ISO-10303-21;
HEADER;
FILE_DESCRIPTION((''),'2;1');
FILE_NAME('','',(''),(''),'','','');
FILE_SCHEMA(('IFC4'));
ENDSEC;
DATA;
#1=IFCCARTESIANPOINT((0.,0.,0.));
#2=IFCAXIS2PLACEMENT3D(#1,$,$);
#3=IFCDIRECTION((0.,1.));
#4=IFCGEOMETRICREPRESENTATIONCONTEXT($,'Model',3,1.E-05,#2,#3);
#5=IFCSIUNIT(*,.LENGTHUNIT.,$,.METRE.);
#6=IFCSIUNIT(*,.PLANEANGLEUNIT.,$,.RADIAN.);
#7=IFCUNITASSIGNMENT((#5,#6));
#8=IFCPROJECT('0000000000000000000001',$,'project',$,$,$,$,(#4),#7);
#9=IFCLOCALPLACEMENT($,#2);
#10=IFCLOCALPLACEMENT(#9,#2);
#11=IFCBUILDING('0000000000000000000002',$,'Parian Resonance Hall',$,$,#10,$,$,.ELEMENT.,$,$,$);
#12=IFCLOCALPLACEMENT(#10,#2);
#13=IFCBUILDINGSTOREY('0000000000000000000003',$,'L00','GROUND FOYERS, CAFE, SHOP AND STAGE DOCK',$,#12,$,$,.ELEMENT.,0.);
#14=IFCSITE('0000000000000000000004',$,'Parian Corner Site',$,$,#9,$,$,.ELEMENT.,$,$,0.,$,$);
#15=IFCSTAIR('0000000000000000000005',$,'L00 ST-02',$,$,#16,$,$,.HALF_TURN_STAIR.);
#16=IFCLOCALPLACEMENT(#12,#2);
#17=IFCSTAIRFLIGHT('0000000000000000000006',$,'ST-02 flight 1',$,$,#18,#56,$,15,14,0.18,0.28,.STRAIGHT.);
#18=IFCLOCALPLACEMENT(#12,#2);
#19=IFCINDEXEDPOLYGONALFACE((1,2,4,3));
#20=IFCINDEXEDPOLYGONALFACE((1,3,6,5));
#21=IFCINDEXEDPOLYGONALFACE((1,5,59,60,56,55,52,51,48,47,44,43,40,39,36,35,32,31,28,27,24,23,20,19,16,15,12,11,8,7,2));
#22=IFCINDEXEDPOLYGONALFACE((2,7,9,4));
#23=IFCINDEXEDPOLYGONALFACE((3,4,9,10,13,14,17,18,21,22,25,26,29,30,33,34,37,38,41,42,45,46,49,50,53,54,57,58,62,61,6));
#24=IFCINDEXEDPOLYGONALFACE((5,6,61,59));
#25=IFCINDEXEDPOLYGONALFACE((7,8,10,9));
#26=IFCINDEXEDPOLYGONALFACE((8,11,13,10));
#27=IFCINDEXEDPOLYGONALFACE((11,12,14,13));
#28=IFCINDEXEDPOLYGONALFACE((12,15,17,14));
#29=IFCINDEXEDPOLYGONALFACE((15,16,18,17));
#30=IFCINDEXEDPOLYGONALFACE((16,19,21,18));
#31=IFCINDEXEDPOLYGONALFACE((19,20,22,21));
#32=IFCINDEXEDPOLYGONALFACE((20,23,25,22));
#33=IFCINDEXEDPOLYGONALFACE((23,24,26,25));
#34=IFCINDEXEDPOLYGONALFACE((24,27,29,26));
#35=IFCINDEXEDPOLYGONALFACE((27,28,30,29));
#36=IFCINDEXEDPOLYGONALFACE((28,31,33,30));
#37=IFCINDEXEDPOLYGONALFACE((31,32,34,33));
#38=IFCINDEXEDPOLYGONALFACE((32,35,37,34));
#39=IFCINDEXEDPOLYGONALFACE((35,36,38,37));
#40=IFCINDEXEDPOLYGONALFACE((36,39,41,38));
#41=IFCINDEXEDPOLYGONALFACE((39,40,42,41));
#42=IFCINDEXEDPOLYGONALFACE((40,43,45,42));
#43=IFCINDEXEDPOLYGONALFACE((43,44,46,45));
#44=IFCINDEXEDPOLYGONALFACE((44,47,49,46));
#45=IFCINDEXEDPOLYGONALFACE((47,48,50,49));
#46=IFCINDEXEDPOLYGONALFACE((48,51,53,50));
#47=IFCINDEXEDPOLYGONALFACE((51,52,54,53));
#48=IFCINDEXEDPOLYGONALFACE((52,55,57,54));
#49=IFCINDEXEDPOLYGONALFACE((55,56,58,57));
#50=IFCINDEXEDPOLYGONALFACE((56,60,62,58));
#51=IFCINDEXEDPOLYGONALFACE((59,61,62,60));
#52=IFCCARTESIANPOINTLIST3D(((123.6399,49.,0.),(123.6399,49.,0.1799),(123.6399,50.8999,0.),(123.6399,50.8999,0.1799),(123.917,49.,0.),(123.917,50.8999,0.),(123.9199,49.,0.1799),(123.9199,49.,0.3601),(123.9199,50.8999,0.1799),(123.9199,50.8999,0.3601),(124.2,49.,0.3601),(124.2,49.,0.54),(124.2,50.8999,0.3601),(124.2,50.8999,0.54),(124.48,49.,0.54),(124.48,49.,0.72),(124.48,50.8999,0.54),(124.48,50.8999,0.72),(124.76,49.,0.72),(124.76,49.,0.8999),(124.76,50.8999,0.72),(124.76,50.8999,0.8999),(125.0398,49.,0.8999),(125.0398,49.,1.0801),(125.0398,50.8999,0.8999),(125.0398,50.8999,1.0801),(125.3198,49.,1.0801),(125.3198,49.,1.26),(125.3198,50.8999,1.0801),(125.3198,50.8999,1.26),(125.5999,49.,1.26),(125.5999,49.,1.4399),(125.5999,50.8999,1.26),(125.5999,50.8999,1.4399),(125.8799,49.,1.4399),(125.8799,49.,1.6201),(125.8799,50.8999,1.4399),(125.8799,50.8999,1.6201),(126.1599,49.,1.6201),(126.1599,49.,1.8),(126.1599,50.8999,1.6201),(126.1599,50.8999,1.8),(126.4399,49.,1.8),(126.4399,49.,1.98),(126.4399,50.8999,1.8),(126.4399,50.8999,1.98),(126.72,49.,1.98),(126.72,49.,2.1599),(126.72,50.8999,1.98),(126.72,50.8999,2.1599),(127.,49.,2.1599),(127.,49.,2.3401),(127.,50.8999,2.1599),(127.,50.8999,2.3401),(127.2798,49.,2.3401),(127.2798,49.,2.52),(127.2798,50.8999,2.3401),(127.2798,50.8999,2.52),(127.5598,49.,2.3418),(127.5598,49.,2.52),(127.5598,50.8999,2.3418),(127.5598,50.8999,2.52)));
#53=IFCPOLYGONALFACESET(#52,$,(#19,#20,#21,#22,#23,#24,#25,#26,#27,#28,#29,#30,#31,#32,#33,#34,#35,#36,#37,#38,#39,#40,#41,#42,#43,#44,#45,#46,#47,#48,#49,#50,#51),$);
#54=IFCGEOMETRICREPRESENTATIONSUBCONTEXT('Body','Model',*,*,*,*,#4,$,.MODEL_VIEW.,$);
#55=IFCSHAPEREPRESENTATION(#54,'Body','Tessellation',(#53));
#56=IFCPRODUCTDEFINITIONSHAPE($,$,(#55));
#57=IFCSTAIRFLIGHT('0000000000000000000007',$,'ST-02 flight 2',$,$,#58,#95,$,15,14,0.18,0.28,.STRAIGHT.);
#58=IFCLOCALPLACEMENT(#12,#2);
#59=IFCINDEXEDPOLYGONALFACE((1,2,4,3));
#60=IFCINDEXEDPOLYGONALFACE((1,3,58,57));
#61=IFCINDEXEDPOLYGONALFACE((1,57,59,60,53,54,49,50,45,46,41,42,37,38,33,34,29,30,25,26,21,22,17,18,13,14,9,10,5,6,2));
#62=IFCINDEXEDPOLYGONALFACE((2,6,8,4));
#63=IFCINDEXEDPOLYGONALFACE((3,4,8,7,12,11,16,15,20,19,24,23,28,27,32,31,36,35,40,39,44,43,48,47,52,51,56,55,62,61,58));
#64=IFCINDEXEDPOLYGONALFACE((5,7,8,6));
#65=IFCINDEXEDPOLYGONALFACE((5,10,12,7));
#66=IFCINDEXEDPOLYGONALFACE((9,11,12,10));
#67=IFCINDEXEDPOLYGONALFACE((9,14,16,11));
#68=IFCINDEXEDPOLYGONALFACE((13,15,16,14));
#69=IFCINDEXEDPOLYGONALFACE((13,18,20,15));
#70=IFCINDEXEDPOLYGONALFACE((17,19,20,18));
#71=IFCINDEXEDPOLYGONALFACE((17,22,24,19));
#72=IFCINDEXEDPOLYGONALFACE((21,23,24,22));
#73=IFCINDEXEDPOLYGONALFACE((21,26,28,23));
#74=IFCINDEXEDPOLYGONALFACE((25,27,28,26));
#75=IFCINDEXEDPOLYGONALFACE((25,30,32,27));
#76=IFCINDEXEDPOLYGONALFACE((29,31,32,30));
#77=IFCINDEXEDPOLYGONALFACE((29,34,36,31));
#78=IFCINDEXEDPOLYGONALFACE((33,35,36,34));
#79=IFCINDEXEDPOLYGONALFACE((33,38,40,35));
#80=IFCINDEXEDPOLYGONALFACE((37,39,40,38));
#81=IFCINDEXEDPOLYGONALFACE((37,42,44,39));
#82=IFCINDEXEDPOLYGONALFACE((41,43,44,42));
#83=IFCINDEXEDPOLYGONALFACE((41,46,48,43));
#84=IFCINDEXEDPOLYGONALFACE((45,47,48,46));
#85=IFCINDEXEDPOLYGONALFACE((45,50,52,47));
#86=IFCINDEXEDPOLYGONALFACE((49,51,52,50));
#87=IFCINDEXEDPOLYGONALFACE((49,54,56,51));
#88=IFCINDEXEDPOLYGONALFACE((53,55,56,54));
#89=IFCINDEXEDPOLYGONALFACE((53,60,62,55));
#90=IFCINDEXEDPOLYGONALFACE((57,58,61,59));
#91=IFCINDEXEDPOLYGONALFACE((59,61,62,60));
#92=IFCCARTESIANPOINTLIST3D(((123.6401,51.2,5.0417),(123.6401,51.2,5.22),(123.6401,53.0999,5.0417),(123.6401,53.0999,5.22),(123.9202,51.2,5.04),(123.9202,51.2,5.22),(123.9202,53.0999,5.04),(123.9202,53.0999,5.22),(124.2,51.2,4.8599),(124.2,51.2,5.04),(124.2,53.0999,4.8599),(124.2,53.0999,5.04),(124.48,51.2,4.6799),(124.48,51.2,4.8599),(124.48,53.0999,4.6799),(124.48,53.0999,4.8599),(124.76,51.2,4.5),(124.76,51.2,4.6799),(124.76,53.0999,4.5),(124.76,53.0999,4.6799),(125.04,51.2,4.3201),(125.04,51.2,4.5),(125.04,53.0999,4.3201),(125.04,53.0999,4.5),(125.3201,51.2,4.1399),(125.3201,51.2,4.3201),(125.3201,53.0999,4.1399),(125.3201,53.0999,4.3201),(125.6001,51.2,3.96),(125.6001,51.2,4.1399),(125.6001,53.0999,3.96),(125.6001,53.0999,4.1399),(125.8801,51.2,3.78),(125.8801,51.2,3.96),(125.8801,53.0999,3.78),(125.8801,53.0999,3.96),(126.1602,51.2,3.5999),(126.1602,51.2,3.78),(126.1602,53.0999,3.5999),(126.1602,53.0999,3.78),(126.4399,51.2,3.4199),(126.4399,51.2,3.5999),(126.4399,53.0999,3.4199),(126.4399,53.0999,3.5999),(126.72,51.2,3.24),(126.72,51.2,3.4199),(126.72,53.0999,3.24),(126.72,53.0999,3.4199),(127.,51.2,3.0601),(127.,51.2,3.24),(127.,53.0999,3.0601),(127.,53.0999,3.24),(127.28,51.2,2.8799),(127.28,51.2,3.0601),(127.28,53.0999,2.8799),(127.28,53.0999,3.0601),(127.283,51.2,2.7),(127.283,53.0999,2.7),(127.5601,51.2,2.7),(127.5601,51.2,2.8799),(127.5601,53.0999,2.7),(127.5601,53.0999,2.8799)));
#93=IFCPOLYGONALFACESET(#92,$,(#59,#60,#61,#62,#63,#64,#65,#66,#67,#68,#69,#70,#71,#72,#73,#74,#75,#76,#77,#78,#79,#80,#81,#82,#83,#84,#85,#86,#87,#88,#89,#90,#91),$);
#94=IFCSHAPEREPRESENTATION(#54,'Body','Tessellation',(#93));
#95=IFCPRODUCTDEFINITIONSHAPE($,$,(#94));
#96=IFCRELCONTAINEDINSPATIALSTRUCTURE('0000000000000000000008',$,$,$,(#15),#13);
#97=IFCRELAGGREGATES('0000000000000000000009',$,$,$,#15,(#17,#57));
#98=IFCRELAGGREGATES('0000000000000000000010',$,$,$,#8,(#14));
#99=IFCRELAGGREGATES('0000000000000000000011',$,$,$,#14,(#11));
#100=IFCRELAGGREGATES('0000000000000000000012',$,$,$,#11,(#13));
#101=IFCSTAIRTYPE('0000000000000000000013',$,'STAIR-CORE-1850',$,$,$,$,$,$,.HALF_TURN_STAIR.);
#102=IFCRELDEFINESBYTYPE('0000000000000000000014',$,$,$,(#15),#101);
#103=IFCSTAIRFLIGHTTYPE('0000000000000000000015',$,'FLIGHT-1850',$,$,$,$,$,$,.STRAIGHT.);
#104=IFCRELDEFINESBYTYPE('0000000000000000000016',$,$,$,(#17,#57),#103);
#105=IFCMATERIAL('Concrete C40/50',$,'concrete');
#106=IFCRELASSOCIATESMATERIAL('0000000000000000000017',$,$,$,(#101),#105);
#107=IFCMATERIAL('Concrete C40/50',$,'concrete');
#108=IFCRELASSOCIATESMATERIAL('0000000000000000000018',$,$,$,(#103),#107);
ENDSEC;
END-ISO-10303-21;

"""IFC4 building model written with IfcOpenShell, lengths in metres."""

from ifc_helpers import new_model, si_unit, direction, frame, origin, place, context, subcontext, project, spatial, polyline, outline, extrude, material, type_object, element, aggregate, save


model = new_model("IFC4")

# Units and contexts
model_context = context("Model", 3, precision=1e-05, world=origin(), true_north=direction((0.0, 1.0)))
body_context = subcontext(model_context, "Body", "Model", "MODEL_VIEW")
ifc_project = project(units=[si_unit("LENGTHUNIT", "METRE"), si_unit("PLANEANGLEUNIT", "RADIAN")], contexts=[model_context])

# Site, building, storey
site_placement = place(None, origin())
site = spatial("IfcSite", under=ifc_project, at=site_placement, Name="Parian Corner Site", CompositionType="ELEMENT", RefElevation=0.0)
building_placement = place(site_placement, origin())
building = spatial("IfcBuilding", under=site, at=building_placement, Name="Parian Resonance Hall", CompositionType="ELEMENT")
storey_placement = place(building_placement, origin())
storey = spatial("IfcBuildingStorey", under=building, at=storey_placement, Name="L00", Description="GROUND FOYERS, CAFE, SHOP AND STAGE DOCK", CompositionType="ELEMENT", Elevation=0.0)

# Stair, stair flights
ifc_material_1 = material(Name="Concrete C40/50", Category="concrete")
stair_type = type_object("IfcStairType", Name="STAIR-CORE-1850", PredefinedType="HALF_TURN_STAIR", material=ifc_material_1)
stair_placement = place(storey_placement, origin())
stair = element("IfcStair", 1, at=stair_placement, inside=storey, type_object=stair_type, Name="L00 ST-02", PredefinedType="HALF_TURN_STAIR")
ifc_material_2 = material(Name="Concrete C40/50", Category="concrete")
stair_flight_type = type_object("IfcStairFlightType", Name="FLIGHT-1850", PredefinedType="STRAIGHT", material=ifc_material_2)
stair_flight_1_placement = place(storey_placement, frame((123.6399, 49.95, 0.0), z_axis=(0.0, 0.0, 1.0), x_axis=(1.0, 0.0, 0.0)))
stair_flight_1 = element("IfcStairFlight", 2, at=stair_flight_1_placement, type_object=stair_flight_type, Name="ST-02 flight 1", NumberOfRisers=15, NumberOfTreads=14, PredefinedType="STRAIGHT", RiserHeight=0.18, TreadLength=0.28, context=body_context, shape_type="SweptSolid", body=[
    extrude(outline(polyline([(0.0, 0.0), (0.0, 0.1799), (0.28, 0.1799), (0.28, 0.3601), (0.5601, 0.3601), (0.5601, 0.54), (0.8401, 0.54), (0.8401, 0.72), (1.1201, 0.72), (1.1201, 0.8999), (1.3999, 0.8999), (1.3999, 1.0801), (1.6799, 1.0801), (1.6799, 1.26), (1.96, 1.26), (1.96, 1.4399), (2.24, 1.4399), (2.24, 1.6201), (2.52, 1.6201), (2.52, 1.8), (2.8, 1.8), (2.8, 1.98), (3.0801, 1.98), (3.0801, 2.1599), (3.3601, 2.1599), (3.3601, 2.3401), (3.6399, 2.3401), (3.6399, 2.52), (3.9199, 2.52), (3.9199, 2.7), (3.9199, 2.3418), (0.2771, 0.0), (0.0, 0.0)])), frame((0.0, 0.95, 0.0), z_axis=(0.0, -1.0, 0.0), x_axis=(1.0, 0.0, 0.0)), (0.0, 0.0, 1.0), 1.8999),
])
stair_flight_2_placement = place(storey_placement, frame((127.5601, 52.1499, 2.7), z_axis=(0.0, 0.0, 1.0), x_axis=(-1.0, 0.0, 0.0)))
stair_flight_2 = element("IfcStairFlight", 3, at=stair_flight_2_placement, type_object=stair_flight_type, Name="ST-02 flight 2", NumberOfRisers=15, NumberOfTreads=14, PredefinedType="STRAIGHT", RiserHeight=0.18, TreadLength=0.28, context=body_context, shape_type="SweptSolid", body=[
    extrude(outline(polyline([(0.0, 0.0), (0.0, 0.1799), (0.28, 0.1799), (0.28, 0.3601), (0.5601, 0.3601), (0.5601, 0.54), (0.8401, 0.54), (0.8401, 0.72), (1.1201, 0.72), (1.1201, 0.8999), (1.3999, 0.8999), (1.3999, 1.0801), (1.6799, 1.0801), (1.6799, 1.26), (1.96, 1.26), (1.96, 1.4399), (2.24, 1.4399), (2.24, 1.6201), (2.52, 1.6201), (2.52, 1.8), (2.8, 1.8), (2.8, 1.98), (3.0801, 1.98), (3.0801, 2.1599), (3.3601, 2.1599), (3.3601, 2.3401), (3.6399, 2.3401), (3.6399, 2.52), (3.9199, 2.52), (3.9199, 2.7), (3.9199, 2.3418), (0.2771, 0.0), (0.0, 0.0)])), frame((0.0, 0.95, 0.0), z_axis=(0.0, -1.0, 0.0), x_axis=(1.0, 0.0, 0.0)), (0.0, 0.0, 1.0), 1.8999),
])
aggregate(stair, [stair_flight_1, stair_flight_2])

save(model, "model.ifc")
